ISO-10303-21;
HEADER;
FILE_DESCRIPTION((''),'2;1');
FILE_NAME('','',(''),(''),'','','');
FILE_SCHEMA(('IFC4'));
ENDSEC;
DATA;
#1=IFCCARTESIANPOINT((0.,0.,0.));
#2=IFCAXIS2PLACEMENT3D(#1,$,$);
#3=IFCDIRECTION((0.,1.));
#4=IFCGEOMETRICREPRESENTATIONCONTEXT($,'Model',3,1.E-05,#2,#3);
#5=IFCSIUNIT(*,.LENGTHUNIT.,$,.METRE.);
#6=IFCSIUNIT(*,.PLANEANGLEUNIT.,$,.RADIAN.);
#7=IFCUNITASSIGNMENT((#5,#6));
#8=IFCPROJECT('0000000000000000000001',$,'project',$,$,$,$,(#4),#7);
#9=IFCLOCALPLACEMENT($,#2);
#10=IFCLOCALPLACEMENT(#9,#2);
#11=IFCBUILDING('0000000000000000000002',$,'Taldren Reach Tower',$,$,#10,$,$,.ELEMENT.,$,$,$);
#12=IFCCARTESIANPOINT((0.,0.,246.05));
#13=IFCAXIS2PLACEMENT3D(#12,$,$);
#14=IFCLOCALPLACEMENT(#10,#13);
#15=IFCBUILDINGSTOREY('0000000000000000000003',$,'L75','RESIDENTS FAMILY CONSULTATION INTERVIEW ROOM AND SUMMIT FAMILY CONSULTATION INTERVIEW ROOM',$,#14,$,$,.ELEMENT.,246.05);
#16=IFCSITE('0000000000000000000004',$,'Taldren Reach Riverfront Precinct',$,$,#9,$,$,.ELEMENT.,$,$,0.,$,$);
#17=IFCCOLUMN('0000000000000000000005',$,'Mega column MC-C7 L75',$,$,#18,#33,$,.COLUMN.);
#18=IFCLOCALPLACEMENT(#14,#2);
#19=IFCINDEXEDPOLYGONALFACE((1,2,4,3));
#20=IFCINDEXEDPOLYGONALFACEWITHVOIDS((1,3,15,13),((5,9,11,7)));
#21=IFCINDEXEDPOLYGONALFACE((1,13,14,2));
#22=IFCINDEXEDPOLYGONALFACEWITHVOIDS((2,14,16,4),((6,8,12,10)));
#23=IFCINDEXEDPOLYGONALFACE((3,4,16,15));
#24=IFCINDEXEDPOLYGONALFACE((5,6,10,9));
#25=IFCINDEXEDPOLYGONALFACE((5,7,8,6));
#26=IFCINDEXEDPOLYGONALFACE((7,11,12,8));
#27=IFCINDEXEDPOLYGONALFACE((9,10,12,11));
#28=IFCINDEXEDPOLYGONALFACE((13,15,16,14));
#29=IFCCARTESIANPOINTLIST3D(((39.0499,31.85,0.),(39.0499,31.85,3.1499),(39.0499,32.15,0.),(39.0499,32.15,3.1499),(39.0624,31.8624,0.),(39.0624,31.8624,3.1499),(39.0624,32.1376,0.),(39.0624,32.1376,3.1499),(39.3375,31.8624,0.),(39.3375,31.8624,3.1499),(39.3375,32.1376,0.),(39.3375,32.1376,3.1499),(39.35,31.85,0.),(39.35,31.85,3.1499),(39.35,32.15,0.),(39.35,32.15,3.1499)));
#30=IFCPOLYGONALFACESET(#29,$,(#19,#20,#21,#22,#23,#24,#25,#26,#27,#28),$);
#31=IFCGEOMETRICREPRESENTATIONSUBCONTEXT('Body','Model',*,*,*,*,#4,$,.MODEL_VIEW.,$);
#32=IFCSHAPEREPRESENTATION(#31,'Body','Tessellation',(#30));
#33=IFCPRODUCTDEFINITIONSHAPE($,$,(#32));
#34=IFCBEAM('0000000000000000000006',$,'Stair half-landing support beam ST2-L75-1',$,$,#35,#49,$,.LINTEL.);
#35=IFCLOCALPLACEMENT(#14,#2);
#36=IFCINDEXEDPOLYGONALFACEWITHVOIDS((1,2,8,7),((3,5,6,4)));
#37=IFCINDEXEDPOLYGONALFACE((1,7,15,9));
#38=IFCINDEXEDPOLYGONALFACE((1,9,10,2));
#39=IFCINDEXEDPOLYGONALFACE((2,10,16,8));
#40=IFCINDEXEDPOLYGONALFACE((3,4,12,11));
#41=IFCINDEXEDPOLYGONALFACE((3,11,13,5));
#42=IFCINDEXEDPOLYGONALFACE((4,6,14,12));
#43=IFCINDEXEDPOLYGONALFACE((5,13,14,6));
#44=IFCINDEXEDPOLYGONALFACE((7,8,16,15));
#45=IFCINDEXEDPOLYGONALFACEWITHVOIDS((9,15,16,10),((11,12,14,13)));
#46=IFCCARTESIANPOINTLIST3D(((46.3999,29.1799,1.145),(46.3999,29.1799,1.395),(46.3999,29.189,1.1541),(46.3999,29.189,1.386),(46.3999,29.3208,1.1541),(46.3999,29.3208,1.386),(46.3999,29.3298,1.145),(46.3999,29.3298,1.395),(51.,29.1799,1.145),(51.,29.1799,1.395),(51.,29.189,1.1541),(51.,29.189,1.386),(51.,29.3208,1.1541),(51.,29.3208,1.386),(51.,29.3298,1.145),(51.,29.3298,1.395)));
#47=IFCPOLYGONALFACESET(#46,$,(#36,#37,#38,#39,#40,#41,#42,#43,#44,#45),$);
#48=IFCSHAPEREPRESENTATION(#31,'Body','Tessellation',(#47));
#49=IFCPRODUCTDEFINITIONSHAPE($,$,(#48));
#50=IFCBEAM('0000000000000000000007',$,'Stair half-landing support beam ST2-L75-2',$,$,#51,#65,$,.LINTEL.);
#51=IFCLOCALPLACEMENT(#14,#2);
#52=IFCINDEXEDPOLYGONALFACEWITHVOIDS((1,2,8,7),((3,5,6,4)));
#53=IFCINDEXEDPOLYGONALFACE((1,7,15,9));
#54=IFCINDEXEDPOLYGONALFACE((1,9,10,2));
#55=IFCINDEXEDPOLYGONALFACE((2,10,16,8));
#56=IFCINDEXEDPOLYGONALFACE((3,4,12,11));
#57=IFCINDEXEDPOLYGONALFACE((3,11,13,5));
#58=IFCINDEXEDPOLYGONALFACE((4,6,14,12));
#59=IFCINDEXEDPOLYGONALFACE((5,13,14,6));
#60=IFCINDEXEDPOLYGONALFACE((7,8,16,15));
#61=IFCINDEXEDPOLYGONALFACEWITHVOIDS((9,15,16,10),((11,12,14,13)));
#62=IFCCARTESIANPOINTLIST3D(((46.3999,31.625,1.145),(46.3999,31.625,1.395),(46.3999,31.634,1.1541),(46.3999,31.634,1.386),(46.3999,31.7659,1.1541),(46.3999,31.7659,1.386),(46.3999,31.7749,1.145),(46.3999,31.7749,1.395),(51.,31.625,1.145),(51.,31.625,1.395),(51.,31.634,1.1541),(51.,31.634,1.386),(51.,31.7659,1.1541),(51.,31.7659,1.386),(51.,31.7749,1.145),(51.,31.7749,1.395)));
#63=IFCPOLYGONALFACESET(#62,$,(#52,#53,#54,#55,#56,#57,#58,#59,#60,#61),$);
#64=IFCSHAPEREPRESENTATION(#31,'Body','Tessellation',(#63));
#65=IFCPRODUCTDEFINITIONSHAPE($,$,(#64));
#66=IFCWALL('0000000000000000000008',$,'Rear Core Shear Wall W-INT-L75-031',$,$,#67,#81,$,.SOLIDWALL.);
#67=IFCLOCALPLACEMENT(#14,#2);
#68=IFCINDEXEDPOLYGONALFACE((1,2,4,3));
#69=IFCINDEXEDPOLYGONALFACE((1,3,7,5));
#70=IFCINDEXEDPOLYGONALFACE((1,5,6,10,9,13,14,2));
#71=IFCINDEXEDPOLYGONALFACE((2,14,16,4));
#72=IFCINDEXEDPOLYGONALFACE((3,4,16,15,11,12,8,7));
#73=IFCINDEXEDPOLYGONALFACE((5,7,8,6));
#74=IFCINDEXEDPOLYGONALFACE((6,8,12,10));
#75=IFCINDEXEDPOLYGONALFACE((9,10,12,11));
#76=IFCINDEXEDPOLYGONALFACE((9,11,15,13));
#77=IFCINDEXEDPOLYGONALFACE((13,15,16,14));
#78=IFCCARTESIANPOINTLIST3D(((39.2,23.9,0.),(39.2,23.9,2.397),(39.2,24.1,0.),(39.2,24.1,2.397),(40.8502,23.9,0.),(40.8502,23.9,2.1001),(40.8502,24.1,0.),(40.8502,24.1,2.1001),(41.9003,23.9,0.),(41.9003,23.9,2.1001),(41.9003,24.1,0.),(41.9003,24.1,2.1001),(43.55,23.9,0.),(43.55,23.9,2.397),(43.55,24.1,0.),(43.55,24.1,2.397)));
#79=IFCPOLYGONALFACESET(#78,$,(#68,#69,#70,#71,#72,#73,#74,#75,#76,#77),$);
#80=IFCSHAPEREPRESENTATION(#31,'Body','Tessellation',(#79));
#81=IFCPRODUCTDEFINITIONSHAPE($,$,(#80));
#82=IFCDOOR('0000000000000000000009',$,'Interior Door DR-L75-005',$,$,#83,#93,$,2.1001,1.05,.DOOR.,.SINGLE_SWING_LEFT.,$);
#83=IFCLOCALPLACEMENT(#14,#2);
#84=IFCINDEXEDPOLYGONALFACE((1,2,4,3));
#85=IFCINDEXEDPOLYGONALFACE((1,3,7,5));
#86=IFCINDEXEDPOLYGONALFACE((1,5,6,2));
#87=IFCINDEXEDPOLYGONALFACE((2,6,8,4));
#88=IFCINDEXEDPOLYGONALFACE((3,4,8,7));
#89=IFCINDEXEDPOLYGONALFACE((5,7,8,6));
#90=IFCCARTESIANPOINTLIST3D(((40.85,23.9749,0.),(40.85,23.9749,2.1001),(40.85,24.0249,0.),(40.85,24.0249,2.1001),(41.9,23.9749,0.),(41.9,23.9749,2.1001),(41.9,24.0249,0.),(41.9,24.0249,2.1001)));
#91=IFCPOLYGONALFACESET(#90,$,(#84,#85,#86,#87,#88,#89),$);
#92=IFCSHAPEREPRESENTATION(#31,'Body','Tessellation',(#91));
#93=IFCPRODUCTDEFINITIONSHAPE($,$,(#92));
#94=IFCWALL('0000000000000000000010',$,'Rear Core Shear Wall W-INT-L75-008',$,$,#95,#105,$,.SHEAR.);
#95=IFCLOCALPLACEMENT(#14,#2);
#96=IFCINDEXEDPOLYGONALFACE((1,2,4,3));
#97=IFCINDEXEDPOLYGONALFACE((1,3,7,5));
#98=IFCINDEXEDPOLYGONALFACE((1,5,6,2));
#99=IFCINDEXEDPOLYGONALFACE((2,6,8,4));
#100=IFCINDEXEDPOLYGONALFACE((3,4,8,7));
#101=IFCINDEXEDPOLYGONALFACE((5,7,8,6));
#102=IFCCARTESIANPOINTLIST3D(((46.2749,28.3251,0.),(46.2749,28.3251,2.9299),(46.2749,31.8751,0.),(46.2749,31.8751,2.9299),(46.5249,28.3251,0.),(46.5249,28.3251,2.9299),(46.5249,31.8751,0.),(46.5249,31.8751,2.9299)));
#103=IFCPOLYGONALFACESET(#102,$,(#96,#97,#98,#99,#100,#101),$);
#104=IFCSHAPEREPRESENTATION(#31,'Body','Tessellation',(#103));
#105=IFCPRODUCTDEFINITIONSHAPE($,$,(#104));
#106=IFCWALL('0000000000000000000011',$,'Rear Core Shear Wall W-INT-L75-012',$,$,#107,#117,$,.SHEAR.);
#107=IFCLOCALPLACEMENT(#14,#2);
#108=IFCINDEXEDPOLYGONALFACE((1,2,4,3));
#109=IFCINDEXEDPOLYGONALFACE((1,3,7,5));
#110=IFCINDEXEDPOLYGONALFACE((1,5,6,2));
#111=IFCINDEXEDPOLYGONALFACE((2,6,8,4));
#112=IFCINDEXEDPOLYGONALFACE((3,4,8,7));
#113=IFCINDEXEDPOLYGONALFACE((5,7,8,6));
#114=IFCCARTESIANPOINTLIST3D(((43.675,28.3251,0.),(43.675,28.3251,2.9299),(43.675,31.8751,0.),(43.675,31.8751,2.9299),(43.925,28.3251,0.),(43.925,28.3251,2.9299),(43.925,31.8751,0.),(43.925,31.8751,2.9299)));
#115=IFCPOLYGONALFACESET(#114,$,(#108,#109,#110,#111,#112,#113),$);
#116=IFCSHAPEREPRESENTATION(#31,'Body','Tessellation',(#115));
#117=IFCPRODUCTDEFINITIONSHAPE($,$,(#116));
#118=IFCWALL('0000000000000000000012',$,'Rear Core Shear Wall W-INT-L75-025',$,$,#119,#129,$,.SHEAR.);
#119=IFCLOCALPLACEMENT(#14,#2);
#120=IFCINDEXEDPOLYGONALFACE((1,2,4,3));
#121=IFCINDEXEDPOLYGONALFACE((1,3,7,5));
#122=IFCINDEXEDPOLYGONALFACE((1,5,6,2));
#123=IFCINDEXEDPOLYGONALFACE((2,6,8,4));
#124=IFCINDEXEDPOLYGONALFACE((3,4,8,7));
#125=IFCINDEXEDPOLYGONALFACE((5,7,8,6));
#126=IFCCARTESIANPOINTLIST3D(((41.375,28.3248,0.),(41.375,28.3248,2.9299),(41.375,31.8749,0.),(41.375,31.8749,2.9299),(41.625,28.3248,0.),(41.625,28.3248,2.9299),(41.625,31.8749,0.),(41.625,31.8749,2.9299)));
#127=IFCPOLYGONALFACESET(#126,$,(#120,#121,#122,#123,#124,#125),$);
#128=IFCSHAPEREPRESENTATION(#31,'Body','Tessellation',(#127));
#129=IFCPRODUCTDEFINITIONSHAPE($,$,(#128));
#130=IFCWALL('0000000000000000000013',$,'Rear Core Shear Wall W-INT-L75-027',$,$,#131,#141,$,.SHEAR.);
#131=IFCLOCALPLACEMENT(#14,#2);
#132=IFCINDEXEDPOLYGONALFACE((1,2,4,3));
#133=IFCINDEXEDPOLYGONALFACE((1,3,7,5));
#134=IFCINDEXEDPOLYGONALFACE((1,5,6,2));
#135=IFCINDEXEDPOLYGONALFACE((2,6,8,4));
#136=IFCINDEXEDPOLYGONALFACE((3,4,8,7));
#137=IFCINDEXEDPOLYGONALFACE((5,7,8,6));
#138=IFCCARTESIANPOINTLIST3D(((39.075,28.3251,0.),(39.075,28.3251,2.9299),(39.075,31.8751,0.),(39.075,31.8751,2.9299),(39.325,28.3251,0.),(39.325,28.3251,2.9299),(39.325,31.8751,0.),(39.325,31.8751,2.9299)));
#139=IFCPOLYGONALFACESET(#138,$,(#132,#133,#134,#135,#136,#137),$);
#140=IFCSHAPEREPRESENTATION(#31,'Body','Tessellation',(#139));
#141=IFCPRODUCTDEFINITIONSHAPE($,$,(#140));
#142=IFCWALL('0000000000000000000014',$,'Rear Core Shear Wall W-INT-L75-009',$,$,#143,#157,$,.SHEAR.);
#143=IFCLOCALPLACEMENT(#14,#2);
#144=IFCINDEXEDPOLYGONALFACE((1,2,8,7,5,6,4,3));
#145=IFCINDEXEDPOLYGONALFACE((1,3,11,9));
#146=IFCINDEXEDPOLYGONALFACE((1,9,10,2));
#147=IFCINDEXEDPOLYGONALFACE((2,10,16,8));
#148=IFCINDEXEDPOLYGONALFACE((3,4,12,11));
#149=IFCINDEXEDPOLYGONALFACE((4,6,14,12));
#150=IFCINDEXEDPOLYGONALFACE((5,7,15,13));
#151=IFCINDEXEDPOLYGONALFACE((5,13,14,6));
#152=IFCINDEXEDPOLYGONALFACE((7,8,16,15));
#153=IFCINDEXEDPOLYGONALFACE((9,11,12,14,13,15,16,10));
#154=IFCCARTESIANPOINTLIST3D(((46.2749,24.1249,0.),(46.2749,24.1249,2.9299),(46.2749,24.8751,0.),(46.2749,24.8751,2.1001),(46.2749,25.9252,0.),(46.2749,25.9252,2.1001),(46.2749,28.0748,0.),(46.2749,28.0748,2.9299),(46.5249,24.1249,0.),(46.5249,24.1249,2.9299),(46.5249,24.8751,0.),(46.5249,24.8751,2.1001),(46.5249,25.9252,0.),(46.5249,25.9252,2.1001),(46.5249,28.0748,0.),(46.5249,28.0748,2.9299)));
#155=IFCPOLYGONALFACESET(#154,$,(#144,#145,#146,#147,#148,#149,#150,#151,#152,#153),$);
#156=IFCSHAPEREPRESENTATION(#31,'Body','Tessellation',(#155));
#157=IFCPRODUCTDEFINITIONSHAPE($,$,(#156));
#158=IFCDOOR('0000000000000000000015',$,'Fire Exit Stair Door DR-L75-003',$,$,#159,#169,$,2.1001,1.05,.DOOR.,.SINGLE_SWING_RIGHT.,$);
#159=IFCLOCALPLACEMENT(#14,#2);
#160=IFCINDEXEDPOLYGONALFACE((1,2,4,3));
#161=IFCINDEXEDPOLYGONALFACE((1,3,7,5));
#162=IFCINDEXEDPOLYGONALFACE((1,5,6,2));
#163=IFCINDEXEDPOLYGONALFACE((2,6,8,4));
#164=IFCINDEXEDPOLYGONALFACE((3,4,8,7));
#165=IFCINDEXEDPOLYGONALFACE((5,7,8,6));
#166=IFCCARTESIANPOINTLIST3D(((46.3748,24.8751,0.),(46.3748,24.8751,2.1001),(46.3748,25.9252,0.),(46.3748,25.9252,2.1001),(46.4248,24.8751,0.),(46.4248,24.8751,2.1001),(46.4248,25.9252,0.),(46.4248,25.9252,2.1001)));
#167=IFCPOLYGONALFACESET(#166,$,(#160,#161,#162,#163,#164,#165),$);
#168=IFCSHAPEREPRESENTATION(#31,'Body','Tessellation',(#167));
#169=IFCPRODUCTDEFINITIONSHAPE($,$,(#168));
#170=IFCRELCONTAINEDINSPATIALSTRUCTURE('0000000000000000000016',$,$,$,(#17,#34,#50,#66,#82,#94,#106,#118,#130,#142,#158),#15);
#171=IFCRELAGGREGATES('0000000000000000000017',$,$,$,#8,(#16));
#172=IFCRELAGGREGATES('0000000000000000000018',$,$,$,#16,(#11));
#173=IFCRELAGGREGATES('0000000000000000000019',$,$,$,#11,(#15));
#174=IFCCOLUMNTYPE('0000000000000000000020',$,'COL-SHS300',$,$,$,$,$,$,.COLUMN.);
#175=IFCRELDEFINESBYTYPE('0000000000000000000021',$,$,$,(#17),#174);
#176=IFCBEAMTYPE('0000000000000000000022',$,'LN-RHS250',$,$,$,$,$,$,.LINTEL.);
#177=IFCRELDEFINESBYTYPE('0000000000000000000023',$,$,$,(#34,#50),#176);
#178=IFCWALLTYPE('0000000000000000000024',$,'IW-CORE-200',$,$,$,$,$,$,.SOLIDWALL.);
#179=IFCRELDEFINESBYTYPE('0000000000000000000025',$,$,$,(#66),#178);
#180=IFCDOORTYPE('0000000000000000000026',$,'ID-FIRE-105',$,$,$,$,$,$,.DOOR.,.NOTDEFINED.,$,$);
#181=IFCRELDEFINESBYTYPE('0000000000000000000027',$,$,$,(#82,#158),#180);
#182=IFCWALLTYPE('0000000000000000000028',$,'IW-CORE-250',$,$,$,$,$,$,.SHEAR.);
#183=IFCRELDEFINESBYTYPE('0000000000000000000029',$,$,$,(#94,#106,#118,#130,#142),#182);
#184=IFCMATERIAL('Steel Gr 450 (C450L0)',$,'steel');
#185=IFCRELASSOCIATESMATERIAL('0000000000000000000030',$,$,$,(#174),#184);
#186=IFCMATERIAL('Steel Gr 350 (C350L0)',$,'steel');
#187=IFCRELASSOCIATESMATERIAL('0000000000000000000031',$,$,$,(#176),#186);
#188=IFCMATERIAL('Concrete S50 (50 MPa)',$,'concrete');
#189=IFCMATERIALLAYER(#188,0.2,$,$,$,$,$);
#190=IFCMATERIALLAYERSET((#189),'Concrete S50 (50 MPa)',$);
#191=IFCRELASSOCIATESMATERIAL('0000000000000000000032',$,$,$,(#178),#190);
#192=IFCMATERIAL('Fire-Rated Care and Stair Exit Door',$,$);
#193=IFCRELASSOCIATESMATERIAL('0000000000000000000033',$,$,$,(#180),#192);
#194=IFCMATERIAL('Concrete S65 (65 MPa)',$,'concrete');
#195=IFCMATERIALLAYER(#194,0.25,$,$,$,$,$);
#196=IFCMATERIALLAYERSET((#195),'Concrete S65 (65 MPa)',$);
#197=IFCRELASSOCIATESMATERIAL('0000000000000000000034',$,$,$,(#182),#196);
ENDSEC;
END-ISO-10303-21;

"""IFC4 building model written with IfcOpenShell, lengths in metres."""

from ifc_helpers import new_model, si_unit, direction, frame, frame_2d, origin, origin_2d, place, context, subcontext, project, spatial, rectangle, hollow_rectangle, extrude, source, transform, mapped, material, layer, layer_set, material_profile, profile_set, type_object, element, fill, save


model = new_model("IFC4")

# Units and contexts
model_context = context("Model", 3, precision=1e-05, world=origin(), true_north=direction((0.0, 1.0)))
body_context = subcontext(model_context, "Body", "Model", "MODEL_VIEW")
ifc_project = project(units=[si_unit("LENGTHUNIT", "METRE"), si_unit("PLANEANGLEUNIT", "RADIAN")], contexts=[model_context])

# Site, building, storey
site_placement = place(None, origin())
site = spatial("IfcSite", under=ifc_project, at=site_placement, Name="Taldren Reach Riverfront Precinct", CompositionType="ELEMENT", RefElevation=0.0)
building_placement = place(site_placement, origin())
building = spatial("IfcBuilding", under=site, at=building_placement, Name="Taldren Reach Tower", CompositionType="ELEMENT")
storey_placement = place(building_placement, frame((0.0, 0.0, 246.05)))
storey = spatial("IfcBuildingStorey", under=building, at=storey_placement, Name="L75", Description="RESIDENTS FAMILY CONSULTATION INTERVIEW ROOM AND SUMMIT FAMILY CONSULTATION INTERVIEW ROOM", CompositionType="ELEMENT", Elevation=246.05)

# Column
ifc_material_1 = material(Name="Steel Gr 450 (C450L0)", Category="steel")
ifc_material_profile_1 = material_profile(ifc_material_1, hollow_rectangle(XDim=0.3, YDim=0.3, WallThickness=0.0125, at=origin_2d()), Name="300x300x12.5SHS")
ifc_profile_set_1 = profile_set([ifc_material_profile_1], Name="Steel Gr 450 (C450L0)")
column_type = type_object("IfcColumnType", Name="COL-SHS300", PredefinedType="COLUMN", material=ifc_profile_set_1)
shared_shape_1 = source(origin(), body_context, "Body", "SweptSolid", [
    extrude(hollow_rectangle(XDim=0.3, YDim=0.3, WallThickness=0.0125, at=origin_2d()), origin(), (0.0, 0.0, 1.0), 3.1499),
])
column_placement = place(storey_placement, frame((39.2, 32.0, 0.0), z_axis=(0.0, 0.0, 1.0), x_axis=(1.0, 0.0, 0.0)))
element("IfcColumn", 1, at=column_placement, inside=storey, type_object=column_type, Name="Mega column MC-C7 L75", PredefinedType="COLUMN", context=body_context, shape_type="MappedRepresentation", body=[
    mapped(shared_shape_1, transform((0.0, 0.0, 0.0), scale=1.0)),
])

# Beams
ifc_material_2 = material(Name="Steel Gr 350 (C350L0)", Category="steel")
ifc_material_profile_2 = material_profile(ifc_material_2, hollow_rectangle(XDim=0.1499, YDim=0.25, WallThickness=0.009, at=origin_2d()), Name="250x150x9.0RHS")
ifc_profile_set_2 = profile_set([ifc_material_profile_2], Name="Steel Gr 350 (C350L0)")
beam_type = type_object("IfcBeamType", Name="LN-RHS250", PredefinedType="LINTEL", material=ifc_profile_set_2)
shared_shape_2 = source(origin(), body_context, "Body", "SweptSolid", [
    extrude(hollow_rectangle(XDim=0.1499, YDim=0.25, WallThickness=0.009, at=origin_2d()), origin(), (0.0, 0.0, 1.0), 4.6001),
])
for number, where, z_axis, x_axis, name in (
    (2, (46.3999, 29.2549, 1.27), (1.0, 0.0, 0.0), (0.0, 1.0, 0.0), "Stair half-landing support beam ST2-L75-1"),
    (3, (46.3999, 31.7, 1.27), (1.0, 0.0, 0.0), (0.0, 1.0, 0.0), "Stair half-landing support beam ST2-L75-2"),
):
    element("IfcBeam", number, at=place(storey_placement, frame(where, z_axis=z_axis, x_axis=x_axis)), inside=storey, type_object=beam_type, Name=name, PredefinedType="LINTEL", context=body_context, shape_type="MappedRepresentation", body=[
        mapped(shared_shape_2, transform((0.0, 0.0, 0.0), scale=1.0)),
    ])

# Wall, opening, door
ifc_material_3 = material(Name="Concrete S50 (50 MPa)", Category="concrete")
ifc_layer_1 = layer(ifc_material_3, 0.2)
ifc_layer_set_1 = layer_set([ifc_layer_1], Name="Concrete S50 (50 MPa)")
wall_type_1 = type_object("IfcWallType", Name="IW-CORE-200", PredefinedType="SOLIDWALL", material=ifc_layer_set_1)
shared_shape_3 = source(origin(), body_context, "Body", "SweptSolid", [
    extrude(rectangle(XDim=4.3501, YDim=0.2, at=frame_2d((2.175, 0.0))), origin(), (0.0, 0.0, 1.0), 2.397),
])
wall_1_placement = place(storey_placement, frame((43.55, 24.0, 0.0), z_axis=(0.0, 0.0, 1.0), x_axis=(-1.0, 0.0, 0.0)))
wall_1 = element("IfcWall", 4, at=wall_1_placement, inside=storey, type_object=wall_type_1, Name="Rear Core Shear Wall W-INT-L75-031", PredefinedType="SOLIDWALL", context=body_context, shape_type="MappedRepresentation", body=[
    mapped(shared_shape_3, transform((0.0, 0.0, 0.0), scale=1.0)),
])
shared_shape_4 = source(origin(), body_context, "Body", "SweptSolid", [
    extrude(rectangle(XDim=1.05, YDim=2.1001, at=frame_2d((0.5249, 1.05))), frame((0.0, 0.1099, 0.0), z_axis=(0.0, -1.0, 0.0), x_axis=(1.0, 0.0, 0.0)), (0.0, 0.0, 1.0), 0.22),
])
opening_1_placement = place(wall_1_placement, frame((1.6499, 0.0, 0.0)))
opening_1 = element("IfcOpeningElement", 5, at=opening_1_placement, cuts=wall_1, PredefinedType="OPENING", context=body_context, shape_type="MappedRepresentation", body=[
    mapped(shared_shape_4, transform((0.0, 0.0, 0.0), scale=1.0)),
])
ifc_material_4 = material(Name="Fire-Rated Care and Stair Exit Door")
door_type_1 = type_object("IfcDoorType", Name="ID-FIRE-105", OperationType="NOTDEFINED", PredefinedType="DOOR", material=ifc_material_4)
shared_shape_5 = source(origin(), body_context, "Body", "SweptSolid", [
    extrude(rectangle(XDim=1.05, YDim=2.1001, at=frame_2d((0.5249, 1.05))), frame((0.0, 0.0249, 0.0), z_axis=(0.0, -1.0, 0.0), x_axis=(1.0, 0.0, 0.0)), (0.0, 0.0, 1.0), 0.05),
])
door_1_placement = place(opening_1_placement, frame((1.05, 0.0, 0.0), z_axis=(0.0, 0.0, 1.0), x_axis=(-1.0, 0.0, 0.0)))
door_1 = element("IfcDoor", 6, at=door_1_placement, inside=storey, type_object=door_type_1, Name="Interior Door DR-L75-005", OperationType="SINGLE_SWING_LEFT", OverallHeight=2.1001, OverallWidth=1.05, PredefinedType="DOOR", context=body_context, shape_type="MappedRepresentation", body=[
    mapped(shared_shape_5, transform((0.0, 0.0, 0.0), scale=1.0)),
])
fill(opening_1, door_1)

# Walls
ifc_material_5 = material(Name="Concrete S65 (65 MPa)", Category="concrete")
ifc_layer_2 = layer(ifc_material_5, 0.25)
ifc_layer_set_2 = layer_set([ifc_layer_2], Name="Concrete S65 (65 MPa)")
wall_type_2 = type_object("IfcWallType", Name="IW-CORE-250", PredefinedType="SHEAR", material=ifc_layer_set_2)
shared_shape_6 = source(origin(), body_context, "Body", "SweptSolid", [
    extrude(rectangle(XDim=3.55, YDim=0.25, at=frame_2d((1.7749, 0.0))), origin(), (0.0, 0.0, 1.0), 2.9299),
])
for number, where, z_axis, x_axis, name in (
    (7, (46.3999, 31.875, 0.0), (0.0, 0.0, 1.0), (0.0, -1.0, 0.0), "Rear Core Shear Wall W-INT-L75-008"),
    (8, (43.8, 31.875, 0.0), (0.0, 0.0, 1.0), (0.0, -1.0, 0.0), "Rear Core Shear Wall W-INT-L75-012"),
    (9, (41.5, 28.325, 0.0), (0.0, 0.0, 1.0), (0.0, 1.0, 0.0), "Rear Core Shear Wall W-INT-L75-025"),
    (10, (39.2, 31.875, 0.0), (0.0, 0.0, 1.0), (0.0, -1.0, 0.0), "Rear Core Shear Wall W-INT-L75-027"),
):
    element("IfcWall", number, at=place(storey_placement, frame(where, z_axis=z_axis, x_axis=x_axis)), inside=storey, type_object=wall_type_2, Name=name, PredefinedType="SHEAR", context=body_context, shape_type="MappedRepresentation", body=[
        mapped(shared_shape_6, transform((0.0, 0.0, 0.0), scale=1.0)),
    ])

# Wall, opening, door
shared_shape_7 = source(origin(), body_context, "Body", "SweptSolid", [
    extrude(rectangle(XDim=3.95, YDim=0.25, at=frame_2d((1.9751, 0.0))), origin(), (0.0, 0.0, 1.0), 2.9299),
])
wall_2_placement = place(storey_placement, frame((46.3999, 28.075, 0.0), z_axis=(0.0, 0.0, 1.0), x_axis=(0.0, -1.0, 0.0)))
wall_2 = element("IfcWall", 11, at=wall_2_placement, inside=storey, type_object=wall_type_2, Name="Rear Core Shear Wall W-INT-L75-009", PredefinedType="SHEAR", context=body_context, shape_type="MappedRepresentation", body=[
    mapped(shared_shape_7, transform((0.0, 0.0, 0.0), scale=1.0)),
])
shared_shape_8 = source(origin(), body_context, "Body", "SweptSolid", [
    extrude(rectangle(XDim=1.05, YDim=2.1001, at=frame_2d((0.5249, 1.05))), frame((0.0, 0.135, 0.0), z_axis=(0.0, -1.0, 0.0), x_axis=(1.0, 0.0, 0.0)), (0.0, 0.0, 1.0), 0.27),
])
opening_2_placement = place(wall_2_placement, frame((2.1499, 0.0, 0.0)))
opening_2 = element("IfcOpeningElement", 12, at=opening_2_placement, cuts=wall_2, PredefinedType="OPENING", context=body_context, shape_type="MappedRepresentation", body=[
    mapped(shared_shape_8, transform((0.0, 0.0, 0.0), scale=1.0)),
])
door_2_placement = place(opening_2_placement, origin())
door_2 = element("IfcDoor", 13, at=door_2_placement, inside=storey, type_object=door_type_1, Name="Fire Exit Stair Door DR-L75-003", OperationType="SINGLE_SWING_RIGHT", OverallHeight=2.1001, OverallWidth=1.05, PredefinedType="DOOR", context=body_context, shape_type="MappedRepresentation", body=[
    mapped(shared_shape_5, transform((0.0, 0.0, 0.0), scale=1.0)),
])
fill(opening_2, door_2)

save(model, "model.ifc")
